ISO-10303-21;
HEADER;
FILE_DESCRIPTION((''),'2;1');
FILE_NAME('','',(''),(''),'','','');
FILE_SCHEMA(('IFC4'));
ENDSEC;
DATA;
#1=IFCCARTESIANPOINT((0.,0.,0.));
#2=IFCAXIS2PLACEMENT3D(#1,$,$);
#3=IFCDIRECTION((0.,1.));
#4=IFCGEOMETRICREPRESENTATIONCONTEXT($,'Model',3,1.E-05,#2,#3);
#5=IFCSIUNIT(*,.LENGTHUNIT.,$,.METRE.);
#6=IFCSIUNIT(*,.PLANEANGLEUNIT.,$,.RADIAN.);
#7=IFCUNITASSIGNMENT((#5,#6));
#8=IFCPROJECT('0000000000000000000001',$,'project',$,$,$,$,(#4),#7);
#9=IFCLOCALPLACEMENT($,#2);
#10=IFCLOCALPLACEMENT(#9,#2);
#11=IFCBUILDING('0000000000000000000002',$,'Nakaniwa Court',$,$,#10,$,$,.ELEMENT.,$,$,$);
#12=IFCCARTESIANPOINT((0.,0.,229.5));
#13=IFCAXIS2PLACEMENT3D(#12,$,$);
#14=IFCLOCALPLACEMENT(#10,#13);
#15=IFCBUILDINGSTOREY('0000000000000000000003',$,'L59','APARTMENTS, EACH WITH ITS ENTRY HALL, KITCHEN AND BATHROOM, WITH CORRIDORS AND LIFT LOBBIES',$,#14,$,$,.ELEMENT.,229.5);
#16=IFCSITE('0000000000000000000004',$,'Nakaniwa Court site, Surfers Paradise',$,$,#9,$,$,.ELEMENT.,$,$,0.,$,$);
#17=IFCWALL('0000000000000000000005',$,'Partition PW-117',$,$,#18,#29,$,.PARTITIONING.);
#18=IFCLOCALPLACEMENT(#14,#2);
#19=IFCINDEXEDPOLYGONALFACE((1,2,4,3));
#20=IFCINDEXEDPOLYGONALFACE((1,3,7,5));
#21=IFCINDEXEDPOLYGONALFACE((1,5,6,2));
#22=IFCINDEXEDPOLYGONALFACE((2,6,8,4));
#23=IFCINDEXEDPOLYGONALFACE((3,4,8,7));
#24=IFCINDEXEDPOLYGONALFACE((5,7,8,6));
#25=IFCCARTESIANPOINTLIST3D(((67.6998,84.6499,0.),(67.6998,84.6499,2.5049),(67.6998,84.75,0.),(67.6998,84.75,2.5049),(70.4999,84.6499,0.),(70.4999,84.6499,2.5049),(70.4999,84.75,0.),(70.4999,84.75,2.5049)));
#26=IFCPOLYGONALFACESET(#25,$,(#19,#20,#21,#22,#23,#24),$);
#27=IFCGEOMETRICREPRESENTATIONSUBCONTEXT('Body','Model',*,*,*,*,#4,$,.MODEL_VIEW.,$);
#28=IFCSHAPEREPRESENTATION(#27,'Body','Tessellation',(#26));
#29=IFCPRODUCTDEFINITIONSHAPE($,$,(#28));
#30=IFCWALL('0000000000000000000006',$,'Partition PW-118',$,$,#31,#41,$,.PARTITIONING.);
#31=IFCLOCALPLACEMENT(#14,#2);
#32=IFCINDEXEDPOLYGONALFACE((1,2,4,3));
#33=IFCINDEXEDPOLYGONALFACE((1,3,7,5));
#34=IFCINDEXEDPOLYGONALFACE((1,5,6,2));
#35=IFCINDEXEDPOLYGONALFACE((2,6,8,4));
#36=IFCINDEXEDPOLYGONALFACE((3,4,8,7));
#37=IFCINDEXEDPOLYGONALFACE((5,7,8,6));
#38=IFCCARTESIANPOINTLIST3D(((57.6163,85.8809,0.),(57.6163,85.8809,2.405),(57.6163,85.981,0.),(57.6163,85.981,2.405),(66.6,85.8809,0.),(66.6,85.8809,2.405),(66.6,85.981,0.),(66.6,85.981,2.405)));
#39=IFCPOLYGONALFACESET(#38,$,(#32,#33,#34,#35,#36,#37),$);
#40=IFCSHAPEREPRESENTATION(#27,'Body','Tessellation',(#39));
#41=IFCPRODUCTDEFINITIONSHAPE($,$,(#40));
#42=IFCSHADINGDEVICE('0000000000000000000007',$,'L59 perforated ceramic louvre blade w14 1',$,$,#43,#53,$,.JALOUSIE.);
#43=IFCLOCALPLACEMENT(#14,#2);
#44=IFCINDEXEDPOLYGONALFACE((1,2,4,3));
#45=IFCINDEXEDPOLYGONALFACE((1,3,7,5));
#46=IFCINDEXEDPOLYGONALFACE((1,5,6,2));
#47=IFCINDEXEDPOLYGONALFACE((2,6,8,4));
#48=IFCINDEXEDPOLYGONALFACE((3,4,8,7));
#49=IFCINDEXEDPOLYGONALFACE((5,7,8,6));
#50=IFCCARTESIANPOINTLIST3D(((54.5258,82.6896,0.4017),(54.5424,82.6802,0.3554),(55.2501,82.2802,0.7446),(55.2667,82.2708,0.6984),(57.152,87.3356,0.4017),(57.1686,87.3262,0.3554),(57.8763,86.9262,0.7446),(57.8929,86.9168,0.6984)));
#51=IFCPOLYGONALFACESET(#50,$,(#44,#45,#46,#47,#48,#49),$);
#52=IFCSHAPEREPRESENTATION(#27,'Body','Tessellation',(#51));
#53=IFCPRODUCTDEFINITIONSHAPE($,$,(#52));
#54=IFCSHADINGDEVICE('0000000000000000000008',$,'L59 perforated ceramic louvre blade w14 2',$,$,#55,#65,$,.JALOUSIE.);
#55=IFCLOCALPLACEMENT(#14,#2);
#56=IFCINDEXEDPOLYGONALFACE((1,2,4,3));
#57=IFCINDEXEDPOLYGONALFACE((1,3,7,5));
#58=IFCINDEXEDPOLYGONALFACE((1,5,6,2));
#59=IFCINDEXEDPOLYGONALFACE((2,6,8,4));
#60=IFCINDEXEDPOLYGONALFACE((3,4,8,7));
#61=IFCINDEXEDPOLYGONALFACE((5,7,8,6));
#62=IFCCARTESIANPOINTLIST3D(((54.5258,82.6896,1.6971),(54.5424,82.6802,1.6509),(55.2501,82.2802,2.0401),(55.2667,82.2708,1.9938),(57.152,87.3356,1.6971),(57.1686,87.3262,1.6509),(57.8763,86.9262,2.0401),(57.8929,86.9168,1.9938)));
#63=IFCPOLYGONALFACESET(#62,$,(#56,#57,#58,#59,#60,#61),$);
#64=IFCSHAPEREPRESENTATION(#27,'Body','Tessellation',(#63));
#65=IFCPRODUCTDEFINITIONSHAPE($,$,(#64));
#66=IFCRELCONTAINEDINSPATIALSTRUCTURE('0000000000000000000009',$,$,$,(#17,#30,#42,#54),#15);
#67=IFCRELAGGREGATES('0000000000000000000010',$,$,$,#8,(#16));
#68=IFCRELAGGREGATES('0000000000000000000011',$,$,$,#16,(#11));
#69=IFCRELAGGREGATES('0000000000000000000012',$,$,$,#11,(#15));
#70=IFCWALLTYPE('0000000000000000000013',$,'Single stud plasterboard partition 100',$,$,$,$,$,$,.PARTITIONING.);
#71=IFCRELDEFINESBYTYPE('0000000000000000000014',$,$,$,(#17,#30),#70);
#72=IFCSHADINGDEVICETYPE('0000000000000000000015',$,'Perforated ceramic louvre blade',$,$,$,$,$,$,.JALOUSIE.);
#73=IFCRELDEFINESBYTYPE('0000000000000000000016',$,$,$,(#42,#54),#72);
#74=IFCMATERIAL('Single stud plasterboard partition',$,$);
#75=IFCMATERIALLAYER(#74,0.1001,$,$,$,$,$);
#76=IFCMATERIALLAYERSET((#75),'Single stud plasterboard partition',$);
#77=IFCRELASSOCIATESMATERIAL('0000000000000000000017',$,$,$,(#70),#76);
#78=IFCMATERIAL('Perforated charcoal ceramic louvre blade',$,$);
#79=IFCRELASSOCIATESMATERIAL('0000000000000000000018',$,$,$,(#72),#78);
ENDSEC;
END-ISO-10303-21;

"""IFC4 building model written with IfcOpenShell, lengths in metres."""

from ifc_helpers import new_model, si_unit, direction, frame, frame_2d, origin, origin_2d, place, context, subcontext, project, spatial, rectangle, extrude, material, layer, layer_set, material_profile, profile_set, type_object, element, save


model = new_model("IFC4")

# Units and contexts
model_context = context("Model", 3, precision=1e-05, world=origin(), true_north=direction((0.0, 1.0)))
body_context = subcontext(model_context, "Body", "Model", "MODEL_VIEW")
ifc_project = project(units=[si_unit("LENGTHUNIT", "METRE"), si_unit("PLANEANGLEUNIT", "RADIAN")], contexts=[model_context])

# Site, building, storey
site_placement = place(None, origin())
site = spatial("IfcSite", under=ifc_project, at=site_placement, Name="Nakaniwa Court site, Surfers Paradise", CompositionType="ELEMENT", RefElevation=0.0)
building_placement = place(site_placement, origin())
building = spatial("IfcBuilding", under=site, at=building_placement, Name="Nakaniwa Court", CompositionType="ELEMENT")
storey_placement = place(building_placement, frame((0.0, 0.0, 229.5)))
storey = spatial("IfcBuildingStorey", under=building, at=storey_placement, Name="L59", Description="APARTMENTS, EACH WITH ITS ENTRY HALL, KITCHEN AND BATHROOM, WITH CORRIDORS AND LIFT LOBBIES", CompositionType="ELEMENT", Elevation=229.5)

# Shared definitions
ifc_material_1 = material(Name="Single stud plasterboard partition")
ifc_layer_1 = layer(ifc_material_1, 0.1001)
ifc_layer_set_1 = layer_set([ifc_layer_1], Name="Single stud plasterboard partition")
wall_type_1 = type_object("IfcWallType", Name="Single stud plasterboard partition 100", PredefinedType="PARTITIONING", material=ifc_layer_set_1)

# Walls
wall_1_placement = place(storey_placement, frame((67.7, 84.7, 0.0), z_axis=(0.0, 0.0, 1.0), x_axis=(1.0, 0.0, 0.0)))
element("IfcWall", 1, at=wall_1_placement, inside=storey, type_object=wall_type_1, Name="Partition PW-117", PredefinedType="PARTITIONING", context=body_context, shape_type="SweptSolid", body=[
    extrude(rectangle(XDim=2.8, YDim=0.1001, at=frame_2d((1.3999, 0.0))), origin(), (0.0, 0.0, 1.0), 2.5049),
])
wall_2_placement = place(storey_placement, frame((57.6165, 85.9309, 0.0), z_axis=(0.0, 0.0, 1.0), x_axis=(1.0, 0.0, 0.0)))
element("IfcWall", 2, at=wall_2_placement, inside=storey, type_object=wall_type_1, Name="Partition PW-118", PredefinedType="PARTITIONING", context=body_context, shape_type="SweptSolid", body=[
    extrude(rectangle(XDim=8.9836, YDim=0.1001, at=frame_2d((4.4917, 0.0))), origin(), (0.0, 0.0, 1.0), 2.405),
])

# Shading devices
ifc_material_2 = material(Name="Perforated charcoal ceramic louvre blade")
ifc_material_profile_1 = material_profile(ifc_material_2, rectangle(XDim=0.8999, YDim=0.05, at=origin_2d()), Name="Perforated ceramic louvre blade")
ifc_profile_set_1 = profile_set([ifc_material_profile_1], Name="Perforated charcoal ceramic louvre blade")
shading_device_type = type_object("IfcShadingDeviceType", Name="Perforated ceramic louvre blade", PredefinedType="JALOUSIE", material=ifc_profile_set_1)
for number, where, z_axis, x_axis, name in (
    (3, (57.5225, 87.1262, 0.55), (-0.492089, -0.870545, 0.0), (0.804859, -0.454959, 0.38107), "L59 perforated ceramic louvre blade w14 1"),
    (4, (57.5225, 87.1262, 1.8455), (-0.492089, -0.870545, 0.0), (0.804859, -0.454959, 0.38107), "L59 perforated ceramic louvre blade w14 2"),
):
    element("IfcShadingDevice", number, at=place(storey_placement, frame(where, z_axis=z_axis, x_axis=x_axis)), inside=storey, type_object=shading_device_type, Name=name, PredefinedType="JALOUSIE", context=body_context, shape_type="SweptSolid", body=[
        extrude(rectangle(XDim=0.8999, YDim=0.05, at=origin_2d()), origin(), (0.0, 0.0, 1.0), 5.3369),
    ])

save(model, "model.ifc")
